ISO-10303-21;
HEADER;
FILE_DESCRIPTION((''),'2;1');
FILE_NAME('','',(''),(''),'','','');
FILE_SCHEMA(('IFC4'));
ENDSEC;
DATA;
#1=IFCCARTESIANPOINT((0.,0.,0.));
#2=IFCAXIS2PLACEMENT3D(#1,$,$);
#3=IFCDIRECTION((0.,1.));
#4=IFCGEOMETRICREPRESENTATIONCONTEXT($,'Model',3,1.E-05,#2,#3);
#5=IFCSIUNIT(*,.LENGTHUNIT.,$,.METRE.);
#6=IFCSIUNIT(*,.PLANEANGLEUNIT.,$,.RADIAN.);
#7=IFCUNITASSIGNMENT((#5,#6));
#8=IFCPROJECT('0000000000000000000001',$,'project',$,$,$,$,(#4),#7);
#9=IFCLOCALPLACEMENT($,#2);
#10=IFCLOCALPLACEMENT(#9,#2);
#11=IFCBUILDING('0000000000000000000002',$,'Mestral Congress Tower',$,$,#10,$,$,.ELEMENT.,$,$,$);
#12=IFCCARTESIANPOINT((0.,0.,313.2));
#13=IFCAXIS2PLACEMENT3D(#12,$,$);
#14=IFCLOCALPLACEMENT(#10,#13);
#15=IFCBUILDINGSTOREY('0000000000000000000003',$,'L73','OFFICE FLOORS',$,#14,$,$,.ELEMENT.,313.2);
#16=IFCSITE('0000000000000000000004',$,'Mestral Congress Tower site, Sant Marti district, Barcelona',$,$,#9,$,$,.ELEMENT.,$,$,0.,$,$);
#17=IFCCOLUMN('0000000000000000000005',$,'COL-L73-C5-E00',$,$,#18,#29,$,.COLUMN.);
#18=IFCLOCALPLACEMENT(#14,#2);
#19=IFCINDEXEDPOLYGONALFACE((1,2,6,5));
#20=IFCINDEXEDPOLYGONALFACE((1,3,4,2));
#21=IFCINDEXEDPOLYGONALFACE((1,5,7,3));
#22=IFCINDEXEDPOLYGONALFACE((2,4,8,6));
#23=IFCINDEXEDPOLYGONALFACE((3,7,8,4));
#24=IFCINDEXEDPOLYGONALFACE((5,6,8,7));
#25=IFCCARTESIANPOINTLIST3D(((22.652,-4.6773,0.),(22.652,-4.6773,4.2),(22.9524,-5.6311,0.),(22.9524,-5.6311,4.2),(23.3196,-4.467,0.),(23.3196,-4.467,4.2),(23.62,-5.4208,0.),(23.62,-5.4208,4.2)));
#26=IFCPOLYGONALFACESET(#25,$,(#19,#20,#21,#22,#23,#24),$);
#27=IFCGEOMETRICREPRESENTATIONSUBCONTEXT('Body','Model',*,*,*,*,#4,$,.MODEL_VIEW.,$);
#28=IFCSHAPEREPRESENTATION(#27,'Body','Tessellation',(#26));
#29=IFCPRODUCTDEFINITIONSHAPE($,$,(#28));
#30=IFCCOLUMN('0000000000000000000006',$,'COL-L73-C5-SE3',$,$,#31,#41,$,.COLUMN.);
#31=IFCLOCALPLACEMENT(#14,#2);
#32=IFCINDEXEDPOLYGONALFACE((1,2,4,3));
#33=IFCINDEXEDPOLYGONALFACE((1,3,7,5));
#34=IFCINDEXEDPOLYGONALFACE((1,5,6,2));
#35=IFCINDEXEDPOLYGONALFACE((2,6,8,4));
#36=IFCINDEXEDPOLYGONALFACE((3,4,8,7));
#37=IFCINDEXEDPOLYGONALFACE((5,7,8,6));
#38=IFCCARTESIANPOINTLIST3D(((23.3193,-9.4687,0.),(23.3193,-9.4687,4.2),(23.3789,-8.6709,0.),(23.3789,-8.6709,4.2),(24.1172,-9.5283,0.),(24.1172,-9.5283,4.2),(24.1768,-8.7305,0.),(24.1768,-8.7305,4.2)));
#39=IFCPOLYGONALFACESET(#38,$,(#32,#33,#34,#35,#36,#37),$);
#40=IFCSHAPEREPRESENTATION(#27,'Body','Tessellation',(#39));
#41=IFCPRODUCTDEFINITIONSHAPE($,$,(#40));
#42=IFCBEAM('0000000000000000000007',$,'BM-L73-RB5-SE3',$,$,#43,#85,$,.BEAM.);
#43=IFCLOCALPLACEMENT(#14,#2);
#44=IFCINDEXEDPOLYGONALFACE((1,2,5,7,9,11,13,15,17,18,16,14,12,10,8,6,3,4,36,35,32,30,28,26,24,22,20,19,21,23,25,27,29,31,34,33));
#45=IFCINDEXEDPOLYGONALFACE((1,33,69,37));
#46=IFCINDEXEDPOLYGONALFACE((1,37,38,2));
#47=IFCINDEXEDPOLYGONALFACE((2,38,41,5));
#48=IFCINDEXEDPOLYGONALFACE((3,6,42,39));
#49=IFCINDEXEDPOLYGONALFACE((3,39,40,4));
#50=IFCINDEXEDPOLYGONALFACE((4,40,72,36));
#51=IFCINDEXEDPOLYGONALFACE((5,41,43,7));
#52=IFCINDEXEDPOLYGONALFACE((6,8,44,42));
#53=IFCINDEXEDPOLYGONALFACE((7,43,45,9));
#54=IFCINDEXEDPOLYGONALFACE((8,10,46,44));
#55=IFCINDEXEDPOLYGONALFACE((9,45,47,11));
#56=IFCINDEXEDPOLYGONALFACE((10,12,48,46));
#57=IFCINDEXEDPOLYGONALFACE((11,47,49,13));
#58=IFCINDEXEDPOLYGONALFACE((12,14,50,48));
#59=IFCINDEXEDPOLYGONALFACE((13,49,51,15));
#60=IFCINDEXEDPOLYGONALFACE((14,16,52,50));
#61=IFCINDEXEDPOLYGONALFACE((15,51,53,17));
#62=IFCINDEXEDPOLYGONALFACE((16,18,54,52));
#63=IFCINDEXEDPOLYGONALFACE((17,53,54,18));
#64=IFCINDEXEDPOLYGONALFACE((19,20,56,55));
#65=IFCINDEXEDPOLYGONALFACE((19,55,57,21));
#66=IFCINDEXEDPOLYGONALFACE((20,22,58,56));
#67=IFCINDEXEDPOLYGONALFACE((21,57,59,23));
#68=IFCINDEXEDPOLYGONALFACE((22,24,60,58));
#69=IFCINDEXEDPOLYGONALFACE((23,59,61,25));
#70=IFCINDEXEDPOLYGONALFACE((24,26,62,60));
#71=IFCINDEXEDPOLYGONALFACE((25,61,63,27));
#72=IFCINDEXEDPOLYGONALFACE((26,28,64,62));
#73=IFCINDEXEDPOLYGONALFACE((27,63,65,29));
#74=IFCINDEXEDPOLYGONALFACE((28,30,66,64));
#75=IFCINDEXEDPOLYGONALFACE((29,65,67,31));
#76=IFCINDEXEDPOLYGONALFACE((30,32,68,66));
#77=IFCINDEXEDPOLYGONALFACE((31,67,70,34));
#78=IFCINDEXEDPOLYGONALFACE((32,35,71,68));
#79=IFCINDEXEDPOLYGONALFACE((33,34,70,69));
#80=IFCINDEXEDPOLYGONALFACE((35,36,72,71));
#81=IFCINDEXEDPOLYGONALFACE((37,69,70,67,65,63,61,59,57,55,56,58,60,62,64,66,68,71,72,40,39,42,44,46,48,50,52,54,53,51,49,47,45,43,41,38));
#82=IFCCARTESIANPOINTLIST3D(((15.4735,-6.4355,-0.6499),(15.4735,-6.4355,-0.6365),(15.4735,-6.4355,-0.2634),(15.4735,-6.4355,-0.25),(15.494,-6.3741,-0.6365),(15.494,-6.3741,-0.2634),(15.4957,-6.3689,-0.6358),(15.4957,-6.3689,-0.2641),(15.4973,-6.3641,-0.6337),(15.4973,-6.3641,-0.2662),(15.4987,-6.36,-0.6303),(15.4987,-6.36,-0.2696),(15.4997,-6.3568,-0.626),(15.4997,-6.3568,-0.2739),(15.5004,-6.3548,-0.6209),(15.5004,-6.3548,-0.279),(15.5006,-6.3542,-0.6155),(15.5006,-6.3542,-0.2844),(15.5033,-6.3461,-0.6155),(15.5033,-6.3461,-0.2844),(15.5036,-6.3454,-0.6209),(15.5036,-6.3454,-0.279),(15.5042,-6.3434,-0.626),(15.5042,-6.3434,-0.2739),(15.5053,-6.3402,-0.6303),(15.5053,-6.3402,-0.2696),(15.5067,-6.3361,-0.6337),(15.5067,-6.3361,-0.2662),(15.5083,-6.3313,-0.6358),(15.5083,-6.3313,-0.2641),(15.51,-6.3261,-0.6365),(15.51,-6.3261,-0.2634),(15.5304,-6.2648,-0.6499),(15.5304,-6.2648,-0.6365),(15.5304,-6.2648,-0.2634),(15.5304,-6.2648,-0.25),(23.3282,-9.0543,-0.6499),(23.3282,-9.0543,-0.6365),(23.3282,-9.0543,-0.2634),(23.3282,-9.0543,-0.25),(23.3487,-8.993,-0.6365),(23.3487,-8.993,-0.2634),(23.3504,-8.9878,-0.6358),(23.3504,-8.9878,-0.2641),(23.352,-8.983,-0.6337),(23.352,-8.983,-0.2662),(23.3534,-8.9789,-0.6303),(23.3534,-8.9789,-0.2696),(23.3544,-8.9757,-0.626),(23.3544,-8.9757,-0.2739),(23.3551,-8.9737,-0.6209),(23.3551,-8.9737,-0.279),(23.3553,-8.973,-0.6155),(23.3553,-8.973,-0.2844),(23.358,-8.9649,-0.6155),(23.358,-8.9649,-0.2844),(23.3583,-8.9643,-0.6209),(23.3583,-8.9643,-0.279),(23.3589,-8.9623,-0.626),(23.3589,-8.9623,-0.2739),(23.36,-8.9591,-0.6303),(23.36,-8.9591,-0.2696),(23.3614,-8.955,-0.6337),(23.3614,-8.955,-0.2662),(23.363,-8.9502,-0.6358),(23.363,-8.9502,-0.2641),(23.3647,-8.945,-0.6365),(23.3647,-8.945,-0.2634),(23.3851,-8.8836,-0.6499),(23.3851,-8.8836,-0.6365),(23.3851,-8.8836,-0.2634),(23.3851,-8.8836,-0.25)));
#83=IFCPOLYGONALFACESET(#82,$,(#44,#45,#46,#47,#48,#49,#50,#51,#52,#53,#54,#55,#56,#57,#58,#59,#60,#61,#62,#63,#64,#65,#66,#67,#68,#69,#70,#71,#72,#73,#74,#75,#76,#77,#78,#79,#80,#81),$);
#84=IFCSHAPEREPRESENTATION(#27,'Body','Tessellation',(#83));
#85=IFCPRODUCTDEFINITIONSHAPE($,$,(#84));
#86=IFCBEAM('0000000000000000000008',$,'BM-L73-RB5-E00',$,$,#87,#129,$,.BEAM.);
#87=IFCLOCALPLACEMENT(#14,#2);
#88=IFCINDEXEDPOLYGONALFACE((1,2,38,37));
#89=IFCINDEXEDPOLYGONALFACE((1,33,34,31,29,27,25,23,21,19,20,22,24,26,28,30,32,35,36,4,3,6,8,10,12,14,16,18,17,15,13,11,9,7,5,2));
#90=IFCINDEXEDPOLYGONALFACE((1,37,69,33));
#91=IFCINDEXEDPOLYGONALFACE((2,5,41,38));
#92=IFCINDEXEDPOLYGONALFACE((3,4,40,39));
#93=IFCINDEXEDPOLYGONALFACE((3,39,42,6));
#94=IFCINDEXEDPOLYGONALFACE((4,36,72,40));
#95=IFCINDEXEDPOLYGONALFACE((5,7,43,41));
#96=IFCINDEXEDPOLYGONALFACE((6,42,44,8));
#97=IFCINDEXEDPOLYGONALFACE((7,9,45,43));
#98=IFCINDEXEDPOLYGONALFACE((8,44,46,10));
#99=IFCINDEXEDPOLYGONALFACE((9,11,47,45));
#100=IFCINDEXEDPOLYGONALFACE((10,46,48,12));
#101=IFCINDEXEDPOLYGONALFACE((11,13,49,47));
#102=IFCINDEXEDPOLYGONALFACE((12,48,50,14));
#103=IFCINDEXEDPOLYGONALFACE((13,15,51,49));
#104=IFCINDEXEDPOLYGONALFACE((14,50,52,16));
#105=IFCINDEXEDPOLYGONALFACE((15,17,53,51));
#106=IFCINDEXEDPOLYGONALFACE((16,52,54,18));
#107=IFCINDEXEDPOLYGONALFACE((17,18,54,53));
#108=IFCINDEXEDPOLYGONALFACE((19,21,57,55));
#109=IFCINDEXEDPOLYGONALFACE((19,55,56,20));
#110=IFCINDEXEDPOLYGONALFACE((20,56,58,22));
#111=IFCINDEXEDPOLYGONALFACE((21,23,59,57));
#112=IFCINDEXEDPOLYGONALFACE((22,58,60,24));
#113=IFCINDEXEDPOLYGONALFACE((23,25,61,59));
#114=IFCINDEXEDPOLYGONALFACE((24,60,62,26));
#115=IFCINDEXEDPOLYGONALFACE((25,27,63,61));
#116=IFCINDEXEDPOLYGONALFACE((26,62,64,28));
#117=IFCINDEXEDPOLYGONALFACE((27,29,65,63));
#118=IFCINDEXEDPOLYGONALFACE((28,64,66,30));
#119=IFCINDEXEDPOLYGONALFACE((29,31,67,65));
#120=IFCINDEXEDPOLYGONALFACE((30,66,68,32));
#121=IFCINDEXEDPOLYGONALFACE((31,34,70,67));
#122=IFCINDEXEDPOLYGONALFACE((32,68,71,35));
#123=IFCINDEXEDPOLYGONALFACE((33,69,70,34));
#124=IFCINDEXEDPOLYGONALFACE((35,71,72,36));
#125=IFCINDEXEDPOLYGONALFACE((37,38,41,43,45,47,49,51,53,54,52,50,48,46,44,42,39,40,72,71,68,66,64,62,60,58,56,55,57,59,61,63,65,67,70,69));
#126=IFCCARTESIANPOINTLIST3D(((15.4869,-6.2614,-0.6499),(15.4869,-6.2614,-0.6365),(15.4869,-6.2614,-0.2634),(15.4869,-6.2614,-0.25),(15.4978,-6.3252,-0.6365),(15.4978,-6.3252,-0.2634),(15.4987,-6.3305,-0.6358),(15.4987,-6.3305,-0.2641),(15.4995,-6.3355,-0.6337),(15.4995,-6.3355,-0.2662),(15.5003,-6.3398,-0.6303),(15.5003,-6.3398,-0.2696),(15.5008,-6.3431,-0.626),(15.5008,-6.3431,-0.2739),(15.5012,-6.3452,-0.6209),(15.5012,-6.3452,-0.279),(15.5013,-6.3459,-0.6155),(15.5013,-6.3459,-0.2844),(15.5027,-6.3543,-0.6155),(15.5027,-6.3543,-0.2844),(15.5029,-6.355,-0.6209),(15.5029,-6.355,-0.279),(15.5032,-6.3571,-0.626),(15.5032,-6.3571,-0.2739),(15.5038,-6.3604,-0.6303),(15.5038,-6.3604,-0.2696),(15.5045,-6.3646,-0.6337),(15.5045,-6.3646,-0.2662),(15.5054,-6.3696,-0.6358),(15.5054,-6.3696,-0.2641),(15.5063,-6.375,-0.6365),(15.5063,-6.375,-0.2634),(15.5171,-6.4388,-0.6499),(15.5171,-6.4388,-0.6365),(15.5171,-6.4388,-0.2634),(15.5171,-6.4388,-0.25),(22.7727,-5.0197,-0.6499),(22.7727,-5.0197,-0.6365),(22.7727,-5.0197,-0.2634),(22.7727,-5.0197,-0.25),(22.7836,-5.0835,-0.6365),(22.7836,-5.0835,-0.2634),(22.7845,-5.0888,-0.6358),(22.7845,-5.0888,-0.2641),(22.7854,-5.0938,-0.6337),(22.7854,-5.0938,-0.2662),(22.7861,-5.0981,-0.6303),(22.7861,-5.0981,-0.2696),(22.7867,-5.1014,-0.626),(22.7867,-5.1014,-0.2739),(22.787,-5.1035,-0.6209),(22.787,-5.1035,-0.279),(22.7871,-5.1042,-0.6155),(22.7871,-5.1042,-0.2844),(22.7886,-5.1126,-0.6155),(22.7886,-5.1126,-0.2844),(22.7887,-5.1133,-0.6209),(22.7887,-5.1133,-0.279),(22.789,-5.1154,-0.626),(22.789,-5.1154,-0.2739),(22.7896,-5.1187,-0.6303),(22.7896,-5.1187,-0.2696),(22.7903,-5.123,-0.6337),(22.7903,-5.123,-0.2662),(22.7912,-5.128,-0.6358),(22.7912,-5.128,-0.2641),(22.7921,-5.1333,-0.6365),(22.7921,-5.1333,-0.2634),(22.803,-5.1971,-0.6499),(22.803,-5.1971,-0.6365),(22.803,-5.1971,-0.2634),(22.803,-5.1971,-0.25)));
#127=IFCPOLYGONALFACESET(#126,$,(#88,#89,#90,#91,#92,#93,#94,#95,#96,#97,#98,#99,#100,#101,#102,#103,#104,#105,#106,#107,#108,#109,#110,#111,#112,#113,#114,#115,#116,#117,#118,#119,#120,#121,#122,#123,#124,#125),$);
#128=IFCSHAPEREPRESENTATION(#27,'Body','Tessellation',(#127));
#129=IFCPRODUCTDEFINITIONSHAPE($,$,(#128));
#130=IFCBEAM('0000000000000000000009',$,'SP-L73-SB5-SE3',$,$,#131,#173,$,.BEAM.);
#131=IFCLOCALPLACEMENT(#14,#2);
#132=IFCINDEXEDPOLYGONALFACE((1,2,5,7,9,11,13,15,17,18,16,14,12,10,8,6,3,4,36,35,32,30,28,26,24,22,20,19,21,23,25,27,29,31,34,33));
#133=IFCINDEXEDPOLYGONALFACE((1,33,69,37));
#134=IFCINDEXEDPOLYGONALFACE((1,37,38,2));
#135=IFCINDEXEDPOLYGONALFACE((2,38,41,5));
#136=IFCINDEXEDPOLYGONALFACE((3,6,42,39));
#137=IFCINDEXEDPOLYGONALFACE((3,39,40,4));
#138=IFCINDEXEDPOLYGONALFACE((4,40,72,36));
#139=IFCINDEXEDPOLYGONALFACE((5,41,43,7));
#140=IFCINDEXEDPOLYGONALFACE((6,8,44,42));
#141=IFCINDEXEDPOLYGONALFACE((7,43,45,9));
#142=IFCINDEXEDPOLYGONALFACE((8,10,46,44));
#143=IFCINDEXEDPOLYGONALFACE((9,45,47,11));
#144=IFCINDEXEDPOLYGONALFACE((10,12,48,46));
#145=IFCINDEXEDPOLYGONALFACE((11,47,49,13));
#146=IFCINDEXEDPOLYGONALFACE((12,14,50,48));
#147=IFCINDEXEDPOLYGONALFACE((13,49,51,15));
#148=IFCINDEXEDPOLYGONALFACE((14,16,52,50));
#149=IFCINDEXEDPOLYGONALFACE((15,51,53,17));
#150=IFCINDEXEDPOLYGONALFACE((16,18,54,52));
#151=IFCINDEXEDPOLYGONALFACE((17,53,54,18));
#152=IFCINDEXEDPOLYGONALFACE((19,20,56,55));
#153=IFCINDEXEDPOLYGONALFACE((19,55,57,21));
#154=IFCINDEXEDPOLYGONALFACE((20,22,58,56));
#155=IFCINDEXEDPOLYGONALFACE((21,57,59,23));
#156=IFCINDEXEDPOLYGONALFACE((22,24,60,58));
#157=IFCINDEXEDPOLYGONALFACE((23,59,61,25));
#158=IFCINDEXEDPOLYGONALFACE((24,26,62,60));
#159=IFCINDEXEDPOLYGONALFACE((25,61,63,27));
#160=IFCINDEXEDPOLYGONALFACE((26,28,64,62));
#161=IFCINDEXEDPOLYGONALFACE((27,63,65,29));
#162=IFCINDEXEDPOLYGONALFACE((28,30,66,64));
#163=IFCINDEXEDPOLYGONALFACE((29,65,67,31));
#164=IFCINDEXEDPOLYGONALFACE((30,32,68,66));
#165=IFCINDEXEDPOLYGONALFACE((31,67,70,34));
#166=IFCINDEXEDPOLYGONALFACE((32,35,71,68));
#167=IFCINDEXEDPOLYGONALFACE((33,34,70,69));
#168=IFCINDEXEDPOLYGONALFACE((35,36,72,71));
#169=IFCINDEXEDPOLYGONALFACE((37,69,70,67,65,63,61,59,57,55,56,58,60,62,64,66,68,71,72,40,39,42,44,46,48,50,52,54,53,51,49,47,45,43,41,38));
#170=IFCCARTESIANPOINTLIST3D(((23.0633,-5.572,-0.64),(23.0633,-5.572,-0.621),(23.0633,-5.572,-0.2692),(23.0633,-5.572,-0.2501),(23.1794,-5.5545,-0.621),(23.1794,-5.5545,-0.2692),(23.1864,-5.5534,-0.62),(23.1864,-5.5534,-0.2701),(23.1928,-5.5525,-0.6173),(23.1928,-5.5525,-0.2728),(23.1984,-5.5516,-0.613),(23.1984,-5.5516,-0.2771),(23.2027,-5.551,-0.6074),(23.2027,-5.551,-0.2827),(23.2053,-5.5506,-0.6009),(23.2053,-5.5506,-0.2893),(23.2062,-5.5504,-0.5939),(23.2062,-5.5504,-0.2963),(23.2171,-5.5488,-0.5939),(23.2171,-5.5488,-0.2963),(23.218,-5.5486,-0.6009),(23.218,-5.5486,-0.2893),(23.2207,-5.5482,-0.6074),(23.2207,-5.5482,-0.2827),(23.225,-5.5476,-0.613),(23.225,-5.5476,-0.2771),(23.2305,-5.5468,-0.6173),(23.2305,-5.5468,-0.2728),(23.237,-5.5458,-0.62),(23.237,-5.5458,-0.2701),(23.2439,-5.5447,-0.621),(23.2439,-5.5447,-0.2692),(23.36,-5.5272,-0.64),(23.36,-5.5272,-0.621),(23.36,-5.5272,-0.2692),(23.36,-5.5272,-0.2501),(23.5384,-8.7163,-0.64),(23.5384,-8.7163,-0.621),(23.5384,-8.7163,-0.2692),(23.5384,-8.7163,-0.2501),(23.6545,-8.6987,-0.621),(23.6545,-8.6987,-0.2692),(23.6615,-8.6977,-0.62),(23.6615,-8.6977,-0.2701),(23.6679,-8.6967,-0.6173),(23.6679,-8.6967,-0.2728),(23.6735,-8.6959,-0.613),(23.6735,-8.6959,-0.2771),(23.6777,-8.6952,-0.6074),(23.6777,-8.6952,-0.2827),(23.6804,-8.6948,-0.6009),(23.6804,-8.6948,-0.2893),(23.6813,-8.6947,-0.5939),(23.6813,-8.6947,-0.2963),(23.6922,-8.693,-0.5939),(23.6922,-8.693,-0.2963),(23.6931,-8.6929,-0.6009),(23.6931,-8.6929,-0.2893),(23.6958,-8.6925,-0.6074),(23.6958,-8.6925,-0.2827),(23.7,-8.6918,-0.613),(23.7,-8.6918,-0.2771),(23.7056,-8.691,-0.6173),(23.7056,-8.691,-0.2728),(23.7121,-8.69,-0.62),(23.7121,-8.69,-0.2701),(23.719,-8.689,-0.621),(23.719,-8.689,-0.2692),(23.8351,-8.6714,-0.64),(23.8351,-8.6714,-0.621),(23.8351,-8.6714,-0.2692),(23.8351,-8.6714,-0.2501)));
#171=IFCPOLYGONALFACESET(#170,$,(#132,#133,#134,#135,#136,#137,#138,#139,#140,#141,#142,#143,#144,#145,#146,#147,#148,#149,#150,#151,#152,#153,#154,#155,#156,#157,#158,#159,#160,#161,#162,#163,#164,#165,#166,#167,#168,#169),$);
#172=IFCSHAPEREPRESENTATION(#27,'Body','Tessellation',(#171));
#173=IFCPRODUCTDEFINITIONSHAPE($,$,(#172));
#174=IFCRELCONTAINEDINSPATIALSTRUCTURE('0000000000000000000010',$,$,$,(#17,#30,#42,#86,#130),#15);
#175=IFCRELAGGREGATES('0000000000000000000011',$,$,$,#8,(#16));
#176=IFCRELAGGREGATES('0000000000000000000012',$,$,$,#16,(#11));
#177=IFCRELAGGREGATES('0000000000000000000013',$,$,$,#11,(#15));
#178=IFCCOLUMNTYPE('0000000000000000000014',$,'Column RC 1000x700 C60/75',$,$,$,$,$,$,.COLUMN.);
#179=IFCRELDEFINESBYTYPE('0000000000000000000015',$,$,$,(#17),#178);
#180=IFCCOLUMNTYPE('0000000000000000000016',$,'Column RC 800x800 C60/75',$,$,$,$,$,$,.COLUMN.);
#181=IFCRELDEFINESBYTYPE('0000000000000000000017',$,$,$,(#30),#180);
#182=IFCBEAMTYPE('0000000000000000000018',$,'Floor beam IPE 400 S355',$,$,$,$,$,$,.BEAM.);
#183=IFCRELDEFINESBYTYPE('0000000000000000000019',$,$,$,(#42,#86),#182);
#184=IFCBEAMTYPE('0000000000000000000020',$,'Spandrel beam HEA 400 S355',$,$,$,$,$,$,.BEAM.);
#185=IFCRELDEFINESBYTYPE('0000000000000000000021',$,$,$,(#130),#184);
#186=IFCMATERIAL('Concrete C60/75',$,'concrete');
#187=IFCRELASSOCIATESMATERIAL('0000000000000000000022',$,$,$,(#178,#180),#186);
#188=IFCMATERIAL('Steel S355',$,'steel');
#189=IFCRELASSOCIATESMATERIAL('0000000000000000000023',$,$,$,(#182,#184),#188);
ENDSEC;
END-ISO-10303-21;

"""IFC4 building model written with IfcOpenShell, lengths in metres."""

from ifc_helpers import new_model, si_unit, direction, frame, origin, origin_2d, place, context, subcontext, project, spatial, rectangle, i_section, extrude, material, material_profile, profile_set, type_object, element, save


model = new_model("IFC4")

# Units and contexts
model_context = context("Model", 3, precision=1e-05, world=origin(), true_north=direction((0.0, 1.0)))
body_context = subcontext(model_context, "Body", "Model", "MODEL_VIEW")
ifc_project = project(units=[si_unit("LENGTHUNIT", "METRE"), si_unit("PLANEANGLEUNIT", "RADIAN")], contexts=[model_context])

# Site, building, storey
site_placement = place(None, origin())
site = spatial("IfcSite", under=ifc_project, at=site_placement, Name="Mestral Congress Tower site, Sant Marti district, Barcelona", CompositionType="ELEMENT", RefElevation=0.0)
building_placement = place(site_placement, origin())
building = spatial("IfcBuilding", under=site, at=building_placement, Name="Mestral Congress Tower", CompositionType="ELEMENT")
storey_placement = place(building_placement, frame((0.0, 0.0, 313.2)))
storey = spatial("IfcBuildingStorey", under=building, at=storey_placement, Name="L73", Description="OFFICE FLOORS", CompositionType="ELEMENT", Elevation=313.2)

# Columns
ifc_material_1 = material(Name="Concrete C60/75", Category="concrete")
ifc_material_profile_1 = material_profile(ifc_material_1, rectangle(XDim=1.0, YDim=0.7, at=origin_2d()), Name="RC 1000x700")
ifc_profile_set_1 = profile_set([ifc_material_profile_1], Name="Concrete C60/75")
column_type_1 = type_object("IfcColumnType", Name="Column RC 1000x700 C60/75", PredefinedType="COLUMN", material=ifc_profile_set_1)
column_1_placement = place(storey_placement, frame((23.136, -5.0491, 0.0), z_axis=(0.0, 0.0, 1.0), x_axis=(-0.300431, 0.953804, 0.0)))
element("IfcColumn", 1, at=column_1_placement, inside=storey, type_object=column_type_1, Name="COL-L73-C5-E00", PredefinedType="COLUMN", context=body_context, shape_type="SweptSolid", body=[
    extrude(rectangle(XDim=1.0, YDim=0.7, at=origin_2d()), origin(), (0.0, 0.0, 1.0), 4.2),
])
ifc_material_profile_2 = material_profile(ifc_material_1, rectangle(XDim=0.8, YDim=0.8, at=origin_2d()), Name="RC 800x800")
ifc_profile_set_2 = profile_set([ifc_material_profile_2], Name="Concrete C60/75")
column_type_2 = type_object("IfcColumnType", Name="Column RC 800x800 C60/75", PredefinedType="COLUMN", material=ifc_profile_set_2)
column_2_placement = place(storey_placement, frame((23.748, -9.0996, 0.0), z_axis=(0.0, 0.0, 1.0), x_axis=(0.074511, 0.99722, 0.0)))
element("IfcColumn", 2, at=column_2_placement, inside=storey, type_object=column_type_2, Name="COL-L73-C5-SE3", PredefinedType="COLUMN", context=body_context, shape_type="SweptSolid", body=[
    extrude(rectangle(XDim=0.8, YDim=0.8, at=origin_2d()), origin(), (0.0, 0.0, 1.0), 4.2),
])

# Beams
ifc_material_2 = material(Name="Steel S355", Category="steel")
ifc_material_profile_3 = material_profile(ifc_material_2, i_section(OverallWidth=0.1799, OverallDepth=0.3999, WebThickness=0.0085, FlangeThickness=0.0134, FilletRadius=0.021, at=origin_2d()), Name="IPE 400")
ifc_profile_set_3 = profile_set([ifc_material_profile_3], Name="Steel S355")
beam_type_1 = type_object("IfcBeamType", Name="Floor beam IPE 400 S355", PredefinedType="BEAM", material=ifc_profile_set_3)
beam_1_placement = place(storey_placement, frame((23.3567, -8.969, -0.45), z_axis=(-0.94866, 0.316299, 0.0), x_axis=(-0.316299, -0.94866, 0.0)))
element("IfcBeam", 3, at=beam_1_placement, inside=storey, type_object=beam_type_1, Name="BM-L73-RB5-SE3", PredefinedType="BEAM", context=body_context, shape_type="SweptSolid", body=[
    extrude(i_section(OverallWidth=0.1799, OverallDepth=0.3999, WebThickness=0.0085, FlangeThickness=0.0134, FilletRadius=0.021, at=origin_2d()), origin(), (0.0, 0.0, 1.0), 8.2798),
])
beam_2_placement = place(storey_placement, frame((22.7878, -5.1084, -0.45), z_axis=(-0.985787, -0.168003, 0.0), x_axis=(0.168003, -0.985787, 0.0)))
element("IfcBeam", 4, at=beam_2_placement, inside=storey, type_object=beam_type_1, Name="BM-L73-RB5-E00", PredefinedType="BEAM", context=body_context, shape_type="SweptSolid", body=[
    extrude(i_section(OverallWidth=0.1799, OverallDepth=0.3999, WebThickness=0.0085, FlangeThickness=0.0134, FilletRadius=0.021, at=origin_2d()), origin(), (0.0, 0.0, 1.0), 7.3909),
])
ifc_material_profile_4 = material_profile(ifc_material_2, i_section(OverallWidth=0.3, OverallDepth=0.3899, WebThickness=0.011, FlangeThickness=0.019, FilletRadius=0.0271, at=origin_2d()), Name="HEA 400")
ifc_profile_set_4 = profile_set([ifc_material_profile_4], Name="Steel S355")
beam_type_2 = type_object("IfcBeamType", Name="Spandrel beam HEA 400 S355", PredefinedType="BEAM", material=ifc_profile_set_4)
beam_3_placement = place(storey_placement, frame((23.6868, -8.6938, -0.4451), z_axis=(-0.149403, 0.988776, 0.0), x_axis=(-0.988776, -0.149403, 0.0)))
element("IfcBeam", 5, at=beam_3_placement, inside=storey, type_object=beam_type_2, Name="SP-L73-SB5-SE3", PredefinedType="BEAM", context=body_context, shape_type="SweptSolid", body=[
    extrude(i_section(OverallWidth=0.3, OverallDepth=0.3899, WebThickness=0.011, FlangeThickness=0.019, FilletRadius=0.0271, at=origin_2d()), origin(), (0.0, 0.0, 1.0), 3.1799),
])

save(model, "model.ifc")
